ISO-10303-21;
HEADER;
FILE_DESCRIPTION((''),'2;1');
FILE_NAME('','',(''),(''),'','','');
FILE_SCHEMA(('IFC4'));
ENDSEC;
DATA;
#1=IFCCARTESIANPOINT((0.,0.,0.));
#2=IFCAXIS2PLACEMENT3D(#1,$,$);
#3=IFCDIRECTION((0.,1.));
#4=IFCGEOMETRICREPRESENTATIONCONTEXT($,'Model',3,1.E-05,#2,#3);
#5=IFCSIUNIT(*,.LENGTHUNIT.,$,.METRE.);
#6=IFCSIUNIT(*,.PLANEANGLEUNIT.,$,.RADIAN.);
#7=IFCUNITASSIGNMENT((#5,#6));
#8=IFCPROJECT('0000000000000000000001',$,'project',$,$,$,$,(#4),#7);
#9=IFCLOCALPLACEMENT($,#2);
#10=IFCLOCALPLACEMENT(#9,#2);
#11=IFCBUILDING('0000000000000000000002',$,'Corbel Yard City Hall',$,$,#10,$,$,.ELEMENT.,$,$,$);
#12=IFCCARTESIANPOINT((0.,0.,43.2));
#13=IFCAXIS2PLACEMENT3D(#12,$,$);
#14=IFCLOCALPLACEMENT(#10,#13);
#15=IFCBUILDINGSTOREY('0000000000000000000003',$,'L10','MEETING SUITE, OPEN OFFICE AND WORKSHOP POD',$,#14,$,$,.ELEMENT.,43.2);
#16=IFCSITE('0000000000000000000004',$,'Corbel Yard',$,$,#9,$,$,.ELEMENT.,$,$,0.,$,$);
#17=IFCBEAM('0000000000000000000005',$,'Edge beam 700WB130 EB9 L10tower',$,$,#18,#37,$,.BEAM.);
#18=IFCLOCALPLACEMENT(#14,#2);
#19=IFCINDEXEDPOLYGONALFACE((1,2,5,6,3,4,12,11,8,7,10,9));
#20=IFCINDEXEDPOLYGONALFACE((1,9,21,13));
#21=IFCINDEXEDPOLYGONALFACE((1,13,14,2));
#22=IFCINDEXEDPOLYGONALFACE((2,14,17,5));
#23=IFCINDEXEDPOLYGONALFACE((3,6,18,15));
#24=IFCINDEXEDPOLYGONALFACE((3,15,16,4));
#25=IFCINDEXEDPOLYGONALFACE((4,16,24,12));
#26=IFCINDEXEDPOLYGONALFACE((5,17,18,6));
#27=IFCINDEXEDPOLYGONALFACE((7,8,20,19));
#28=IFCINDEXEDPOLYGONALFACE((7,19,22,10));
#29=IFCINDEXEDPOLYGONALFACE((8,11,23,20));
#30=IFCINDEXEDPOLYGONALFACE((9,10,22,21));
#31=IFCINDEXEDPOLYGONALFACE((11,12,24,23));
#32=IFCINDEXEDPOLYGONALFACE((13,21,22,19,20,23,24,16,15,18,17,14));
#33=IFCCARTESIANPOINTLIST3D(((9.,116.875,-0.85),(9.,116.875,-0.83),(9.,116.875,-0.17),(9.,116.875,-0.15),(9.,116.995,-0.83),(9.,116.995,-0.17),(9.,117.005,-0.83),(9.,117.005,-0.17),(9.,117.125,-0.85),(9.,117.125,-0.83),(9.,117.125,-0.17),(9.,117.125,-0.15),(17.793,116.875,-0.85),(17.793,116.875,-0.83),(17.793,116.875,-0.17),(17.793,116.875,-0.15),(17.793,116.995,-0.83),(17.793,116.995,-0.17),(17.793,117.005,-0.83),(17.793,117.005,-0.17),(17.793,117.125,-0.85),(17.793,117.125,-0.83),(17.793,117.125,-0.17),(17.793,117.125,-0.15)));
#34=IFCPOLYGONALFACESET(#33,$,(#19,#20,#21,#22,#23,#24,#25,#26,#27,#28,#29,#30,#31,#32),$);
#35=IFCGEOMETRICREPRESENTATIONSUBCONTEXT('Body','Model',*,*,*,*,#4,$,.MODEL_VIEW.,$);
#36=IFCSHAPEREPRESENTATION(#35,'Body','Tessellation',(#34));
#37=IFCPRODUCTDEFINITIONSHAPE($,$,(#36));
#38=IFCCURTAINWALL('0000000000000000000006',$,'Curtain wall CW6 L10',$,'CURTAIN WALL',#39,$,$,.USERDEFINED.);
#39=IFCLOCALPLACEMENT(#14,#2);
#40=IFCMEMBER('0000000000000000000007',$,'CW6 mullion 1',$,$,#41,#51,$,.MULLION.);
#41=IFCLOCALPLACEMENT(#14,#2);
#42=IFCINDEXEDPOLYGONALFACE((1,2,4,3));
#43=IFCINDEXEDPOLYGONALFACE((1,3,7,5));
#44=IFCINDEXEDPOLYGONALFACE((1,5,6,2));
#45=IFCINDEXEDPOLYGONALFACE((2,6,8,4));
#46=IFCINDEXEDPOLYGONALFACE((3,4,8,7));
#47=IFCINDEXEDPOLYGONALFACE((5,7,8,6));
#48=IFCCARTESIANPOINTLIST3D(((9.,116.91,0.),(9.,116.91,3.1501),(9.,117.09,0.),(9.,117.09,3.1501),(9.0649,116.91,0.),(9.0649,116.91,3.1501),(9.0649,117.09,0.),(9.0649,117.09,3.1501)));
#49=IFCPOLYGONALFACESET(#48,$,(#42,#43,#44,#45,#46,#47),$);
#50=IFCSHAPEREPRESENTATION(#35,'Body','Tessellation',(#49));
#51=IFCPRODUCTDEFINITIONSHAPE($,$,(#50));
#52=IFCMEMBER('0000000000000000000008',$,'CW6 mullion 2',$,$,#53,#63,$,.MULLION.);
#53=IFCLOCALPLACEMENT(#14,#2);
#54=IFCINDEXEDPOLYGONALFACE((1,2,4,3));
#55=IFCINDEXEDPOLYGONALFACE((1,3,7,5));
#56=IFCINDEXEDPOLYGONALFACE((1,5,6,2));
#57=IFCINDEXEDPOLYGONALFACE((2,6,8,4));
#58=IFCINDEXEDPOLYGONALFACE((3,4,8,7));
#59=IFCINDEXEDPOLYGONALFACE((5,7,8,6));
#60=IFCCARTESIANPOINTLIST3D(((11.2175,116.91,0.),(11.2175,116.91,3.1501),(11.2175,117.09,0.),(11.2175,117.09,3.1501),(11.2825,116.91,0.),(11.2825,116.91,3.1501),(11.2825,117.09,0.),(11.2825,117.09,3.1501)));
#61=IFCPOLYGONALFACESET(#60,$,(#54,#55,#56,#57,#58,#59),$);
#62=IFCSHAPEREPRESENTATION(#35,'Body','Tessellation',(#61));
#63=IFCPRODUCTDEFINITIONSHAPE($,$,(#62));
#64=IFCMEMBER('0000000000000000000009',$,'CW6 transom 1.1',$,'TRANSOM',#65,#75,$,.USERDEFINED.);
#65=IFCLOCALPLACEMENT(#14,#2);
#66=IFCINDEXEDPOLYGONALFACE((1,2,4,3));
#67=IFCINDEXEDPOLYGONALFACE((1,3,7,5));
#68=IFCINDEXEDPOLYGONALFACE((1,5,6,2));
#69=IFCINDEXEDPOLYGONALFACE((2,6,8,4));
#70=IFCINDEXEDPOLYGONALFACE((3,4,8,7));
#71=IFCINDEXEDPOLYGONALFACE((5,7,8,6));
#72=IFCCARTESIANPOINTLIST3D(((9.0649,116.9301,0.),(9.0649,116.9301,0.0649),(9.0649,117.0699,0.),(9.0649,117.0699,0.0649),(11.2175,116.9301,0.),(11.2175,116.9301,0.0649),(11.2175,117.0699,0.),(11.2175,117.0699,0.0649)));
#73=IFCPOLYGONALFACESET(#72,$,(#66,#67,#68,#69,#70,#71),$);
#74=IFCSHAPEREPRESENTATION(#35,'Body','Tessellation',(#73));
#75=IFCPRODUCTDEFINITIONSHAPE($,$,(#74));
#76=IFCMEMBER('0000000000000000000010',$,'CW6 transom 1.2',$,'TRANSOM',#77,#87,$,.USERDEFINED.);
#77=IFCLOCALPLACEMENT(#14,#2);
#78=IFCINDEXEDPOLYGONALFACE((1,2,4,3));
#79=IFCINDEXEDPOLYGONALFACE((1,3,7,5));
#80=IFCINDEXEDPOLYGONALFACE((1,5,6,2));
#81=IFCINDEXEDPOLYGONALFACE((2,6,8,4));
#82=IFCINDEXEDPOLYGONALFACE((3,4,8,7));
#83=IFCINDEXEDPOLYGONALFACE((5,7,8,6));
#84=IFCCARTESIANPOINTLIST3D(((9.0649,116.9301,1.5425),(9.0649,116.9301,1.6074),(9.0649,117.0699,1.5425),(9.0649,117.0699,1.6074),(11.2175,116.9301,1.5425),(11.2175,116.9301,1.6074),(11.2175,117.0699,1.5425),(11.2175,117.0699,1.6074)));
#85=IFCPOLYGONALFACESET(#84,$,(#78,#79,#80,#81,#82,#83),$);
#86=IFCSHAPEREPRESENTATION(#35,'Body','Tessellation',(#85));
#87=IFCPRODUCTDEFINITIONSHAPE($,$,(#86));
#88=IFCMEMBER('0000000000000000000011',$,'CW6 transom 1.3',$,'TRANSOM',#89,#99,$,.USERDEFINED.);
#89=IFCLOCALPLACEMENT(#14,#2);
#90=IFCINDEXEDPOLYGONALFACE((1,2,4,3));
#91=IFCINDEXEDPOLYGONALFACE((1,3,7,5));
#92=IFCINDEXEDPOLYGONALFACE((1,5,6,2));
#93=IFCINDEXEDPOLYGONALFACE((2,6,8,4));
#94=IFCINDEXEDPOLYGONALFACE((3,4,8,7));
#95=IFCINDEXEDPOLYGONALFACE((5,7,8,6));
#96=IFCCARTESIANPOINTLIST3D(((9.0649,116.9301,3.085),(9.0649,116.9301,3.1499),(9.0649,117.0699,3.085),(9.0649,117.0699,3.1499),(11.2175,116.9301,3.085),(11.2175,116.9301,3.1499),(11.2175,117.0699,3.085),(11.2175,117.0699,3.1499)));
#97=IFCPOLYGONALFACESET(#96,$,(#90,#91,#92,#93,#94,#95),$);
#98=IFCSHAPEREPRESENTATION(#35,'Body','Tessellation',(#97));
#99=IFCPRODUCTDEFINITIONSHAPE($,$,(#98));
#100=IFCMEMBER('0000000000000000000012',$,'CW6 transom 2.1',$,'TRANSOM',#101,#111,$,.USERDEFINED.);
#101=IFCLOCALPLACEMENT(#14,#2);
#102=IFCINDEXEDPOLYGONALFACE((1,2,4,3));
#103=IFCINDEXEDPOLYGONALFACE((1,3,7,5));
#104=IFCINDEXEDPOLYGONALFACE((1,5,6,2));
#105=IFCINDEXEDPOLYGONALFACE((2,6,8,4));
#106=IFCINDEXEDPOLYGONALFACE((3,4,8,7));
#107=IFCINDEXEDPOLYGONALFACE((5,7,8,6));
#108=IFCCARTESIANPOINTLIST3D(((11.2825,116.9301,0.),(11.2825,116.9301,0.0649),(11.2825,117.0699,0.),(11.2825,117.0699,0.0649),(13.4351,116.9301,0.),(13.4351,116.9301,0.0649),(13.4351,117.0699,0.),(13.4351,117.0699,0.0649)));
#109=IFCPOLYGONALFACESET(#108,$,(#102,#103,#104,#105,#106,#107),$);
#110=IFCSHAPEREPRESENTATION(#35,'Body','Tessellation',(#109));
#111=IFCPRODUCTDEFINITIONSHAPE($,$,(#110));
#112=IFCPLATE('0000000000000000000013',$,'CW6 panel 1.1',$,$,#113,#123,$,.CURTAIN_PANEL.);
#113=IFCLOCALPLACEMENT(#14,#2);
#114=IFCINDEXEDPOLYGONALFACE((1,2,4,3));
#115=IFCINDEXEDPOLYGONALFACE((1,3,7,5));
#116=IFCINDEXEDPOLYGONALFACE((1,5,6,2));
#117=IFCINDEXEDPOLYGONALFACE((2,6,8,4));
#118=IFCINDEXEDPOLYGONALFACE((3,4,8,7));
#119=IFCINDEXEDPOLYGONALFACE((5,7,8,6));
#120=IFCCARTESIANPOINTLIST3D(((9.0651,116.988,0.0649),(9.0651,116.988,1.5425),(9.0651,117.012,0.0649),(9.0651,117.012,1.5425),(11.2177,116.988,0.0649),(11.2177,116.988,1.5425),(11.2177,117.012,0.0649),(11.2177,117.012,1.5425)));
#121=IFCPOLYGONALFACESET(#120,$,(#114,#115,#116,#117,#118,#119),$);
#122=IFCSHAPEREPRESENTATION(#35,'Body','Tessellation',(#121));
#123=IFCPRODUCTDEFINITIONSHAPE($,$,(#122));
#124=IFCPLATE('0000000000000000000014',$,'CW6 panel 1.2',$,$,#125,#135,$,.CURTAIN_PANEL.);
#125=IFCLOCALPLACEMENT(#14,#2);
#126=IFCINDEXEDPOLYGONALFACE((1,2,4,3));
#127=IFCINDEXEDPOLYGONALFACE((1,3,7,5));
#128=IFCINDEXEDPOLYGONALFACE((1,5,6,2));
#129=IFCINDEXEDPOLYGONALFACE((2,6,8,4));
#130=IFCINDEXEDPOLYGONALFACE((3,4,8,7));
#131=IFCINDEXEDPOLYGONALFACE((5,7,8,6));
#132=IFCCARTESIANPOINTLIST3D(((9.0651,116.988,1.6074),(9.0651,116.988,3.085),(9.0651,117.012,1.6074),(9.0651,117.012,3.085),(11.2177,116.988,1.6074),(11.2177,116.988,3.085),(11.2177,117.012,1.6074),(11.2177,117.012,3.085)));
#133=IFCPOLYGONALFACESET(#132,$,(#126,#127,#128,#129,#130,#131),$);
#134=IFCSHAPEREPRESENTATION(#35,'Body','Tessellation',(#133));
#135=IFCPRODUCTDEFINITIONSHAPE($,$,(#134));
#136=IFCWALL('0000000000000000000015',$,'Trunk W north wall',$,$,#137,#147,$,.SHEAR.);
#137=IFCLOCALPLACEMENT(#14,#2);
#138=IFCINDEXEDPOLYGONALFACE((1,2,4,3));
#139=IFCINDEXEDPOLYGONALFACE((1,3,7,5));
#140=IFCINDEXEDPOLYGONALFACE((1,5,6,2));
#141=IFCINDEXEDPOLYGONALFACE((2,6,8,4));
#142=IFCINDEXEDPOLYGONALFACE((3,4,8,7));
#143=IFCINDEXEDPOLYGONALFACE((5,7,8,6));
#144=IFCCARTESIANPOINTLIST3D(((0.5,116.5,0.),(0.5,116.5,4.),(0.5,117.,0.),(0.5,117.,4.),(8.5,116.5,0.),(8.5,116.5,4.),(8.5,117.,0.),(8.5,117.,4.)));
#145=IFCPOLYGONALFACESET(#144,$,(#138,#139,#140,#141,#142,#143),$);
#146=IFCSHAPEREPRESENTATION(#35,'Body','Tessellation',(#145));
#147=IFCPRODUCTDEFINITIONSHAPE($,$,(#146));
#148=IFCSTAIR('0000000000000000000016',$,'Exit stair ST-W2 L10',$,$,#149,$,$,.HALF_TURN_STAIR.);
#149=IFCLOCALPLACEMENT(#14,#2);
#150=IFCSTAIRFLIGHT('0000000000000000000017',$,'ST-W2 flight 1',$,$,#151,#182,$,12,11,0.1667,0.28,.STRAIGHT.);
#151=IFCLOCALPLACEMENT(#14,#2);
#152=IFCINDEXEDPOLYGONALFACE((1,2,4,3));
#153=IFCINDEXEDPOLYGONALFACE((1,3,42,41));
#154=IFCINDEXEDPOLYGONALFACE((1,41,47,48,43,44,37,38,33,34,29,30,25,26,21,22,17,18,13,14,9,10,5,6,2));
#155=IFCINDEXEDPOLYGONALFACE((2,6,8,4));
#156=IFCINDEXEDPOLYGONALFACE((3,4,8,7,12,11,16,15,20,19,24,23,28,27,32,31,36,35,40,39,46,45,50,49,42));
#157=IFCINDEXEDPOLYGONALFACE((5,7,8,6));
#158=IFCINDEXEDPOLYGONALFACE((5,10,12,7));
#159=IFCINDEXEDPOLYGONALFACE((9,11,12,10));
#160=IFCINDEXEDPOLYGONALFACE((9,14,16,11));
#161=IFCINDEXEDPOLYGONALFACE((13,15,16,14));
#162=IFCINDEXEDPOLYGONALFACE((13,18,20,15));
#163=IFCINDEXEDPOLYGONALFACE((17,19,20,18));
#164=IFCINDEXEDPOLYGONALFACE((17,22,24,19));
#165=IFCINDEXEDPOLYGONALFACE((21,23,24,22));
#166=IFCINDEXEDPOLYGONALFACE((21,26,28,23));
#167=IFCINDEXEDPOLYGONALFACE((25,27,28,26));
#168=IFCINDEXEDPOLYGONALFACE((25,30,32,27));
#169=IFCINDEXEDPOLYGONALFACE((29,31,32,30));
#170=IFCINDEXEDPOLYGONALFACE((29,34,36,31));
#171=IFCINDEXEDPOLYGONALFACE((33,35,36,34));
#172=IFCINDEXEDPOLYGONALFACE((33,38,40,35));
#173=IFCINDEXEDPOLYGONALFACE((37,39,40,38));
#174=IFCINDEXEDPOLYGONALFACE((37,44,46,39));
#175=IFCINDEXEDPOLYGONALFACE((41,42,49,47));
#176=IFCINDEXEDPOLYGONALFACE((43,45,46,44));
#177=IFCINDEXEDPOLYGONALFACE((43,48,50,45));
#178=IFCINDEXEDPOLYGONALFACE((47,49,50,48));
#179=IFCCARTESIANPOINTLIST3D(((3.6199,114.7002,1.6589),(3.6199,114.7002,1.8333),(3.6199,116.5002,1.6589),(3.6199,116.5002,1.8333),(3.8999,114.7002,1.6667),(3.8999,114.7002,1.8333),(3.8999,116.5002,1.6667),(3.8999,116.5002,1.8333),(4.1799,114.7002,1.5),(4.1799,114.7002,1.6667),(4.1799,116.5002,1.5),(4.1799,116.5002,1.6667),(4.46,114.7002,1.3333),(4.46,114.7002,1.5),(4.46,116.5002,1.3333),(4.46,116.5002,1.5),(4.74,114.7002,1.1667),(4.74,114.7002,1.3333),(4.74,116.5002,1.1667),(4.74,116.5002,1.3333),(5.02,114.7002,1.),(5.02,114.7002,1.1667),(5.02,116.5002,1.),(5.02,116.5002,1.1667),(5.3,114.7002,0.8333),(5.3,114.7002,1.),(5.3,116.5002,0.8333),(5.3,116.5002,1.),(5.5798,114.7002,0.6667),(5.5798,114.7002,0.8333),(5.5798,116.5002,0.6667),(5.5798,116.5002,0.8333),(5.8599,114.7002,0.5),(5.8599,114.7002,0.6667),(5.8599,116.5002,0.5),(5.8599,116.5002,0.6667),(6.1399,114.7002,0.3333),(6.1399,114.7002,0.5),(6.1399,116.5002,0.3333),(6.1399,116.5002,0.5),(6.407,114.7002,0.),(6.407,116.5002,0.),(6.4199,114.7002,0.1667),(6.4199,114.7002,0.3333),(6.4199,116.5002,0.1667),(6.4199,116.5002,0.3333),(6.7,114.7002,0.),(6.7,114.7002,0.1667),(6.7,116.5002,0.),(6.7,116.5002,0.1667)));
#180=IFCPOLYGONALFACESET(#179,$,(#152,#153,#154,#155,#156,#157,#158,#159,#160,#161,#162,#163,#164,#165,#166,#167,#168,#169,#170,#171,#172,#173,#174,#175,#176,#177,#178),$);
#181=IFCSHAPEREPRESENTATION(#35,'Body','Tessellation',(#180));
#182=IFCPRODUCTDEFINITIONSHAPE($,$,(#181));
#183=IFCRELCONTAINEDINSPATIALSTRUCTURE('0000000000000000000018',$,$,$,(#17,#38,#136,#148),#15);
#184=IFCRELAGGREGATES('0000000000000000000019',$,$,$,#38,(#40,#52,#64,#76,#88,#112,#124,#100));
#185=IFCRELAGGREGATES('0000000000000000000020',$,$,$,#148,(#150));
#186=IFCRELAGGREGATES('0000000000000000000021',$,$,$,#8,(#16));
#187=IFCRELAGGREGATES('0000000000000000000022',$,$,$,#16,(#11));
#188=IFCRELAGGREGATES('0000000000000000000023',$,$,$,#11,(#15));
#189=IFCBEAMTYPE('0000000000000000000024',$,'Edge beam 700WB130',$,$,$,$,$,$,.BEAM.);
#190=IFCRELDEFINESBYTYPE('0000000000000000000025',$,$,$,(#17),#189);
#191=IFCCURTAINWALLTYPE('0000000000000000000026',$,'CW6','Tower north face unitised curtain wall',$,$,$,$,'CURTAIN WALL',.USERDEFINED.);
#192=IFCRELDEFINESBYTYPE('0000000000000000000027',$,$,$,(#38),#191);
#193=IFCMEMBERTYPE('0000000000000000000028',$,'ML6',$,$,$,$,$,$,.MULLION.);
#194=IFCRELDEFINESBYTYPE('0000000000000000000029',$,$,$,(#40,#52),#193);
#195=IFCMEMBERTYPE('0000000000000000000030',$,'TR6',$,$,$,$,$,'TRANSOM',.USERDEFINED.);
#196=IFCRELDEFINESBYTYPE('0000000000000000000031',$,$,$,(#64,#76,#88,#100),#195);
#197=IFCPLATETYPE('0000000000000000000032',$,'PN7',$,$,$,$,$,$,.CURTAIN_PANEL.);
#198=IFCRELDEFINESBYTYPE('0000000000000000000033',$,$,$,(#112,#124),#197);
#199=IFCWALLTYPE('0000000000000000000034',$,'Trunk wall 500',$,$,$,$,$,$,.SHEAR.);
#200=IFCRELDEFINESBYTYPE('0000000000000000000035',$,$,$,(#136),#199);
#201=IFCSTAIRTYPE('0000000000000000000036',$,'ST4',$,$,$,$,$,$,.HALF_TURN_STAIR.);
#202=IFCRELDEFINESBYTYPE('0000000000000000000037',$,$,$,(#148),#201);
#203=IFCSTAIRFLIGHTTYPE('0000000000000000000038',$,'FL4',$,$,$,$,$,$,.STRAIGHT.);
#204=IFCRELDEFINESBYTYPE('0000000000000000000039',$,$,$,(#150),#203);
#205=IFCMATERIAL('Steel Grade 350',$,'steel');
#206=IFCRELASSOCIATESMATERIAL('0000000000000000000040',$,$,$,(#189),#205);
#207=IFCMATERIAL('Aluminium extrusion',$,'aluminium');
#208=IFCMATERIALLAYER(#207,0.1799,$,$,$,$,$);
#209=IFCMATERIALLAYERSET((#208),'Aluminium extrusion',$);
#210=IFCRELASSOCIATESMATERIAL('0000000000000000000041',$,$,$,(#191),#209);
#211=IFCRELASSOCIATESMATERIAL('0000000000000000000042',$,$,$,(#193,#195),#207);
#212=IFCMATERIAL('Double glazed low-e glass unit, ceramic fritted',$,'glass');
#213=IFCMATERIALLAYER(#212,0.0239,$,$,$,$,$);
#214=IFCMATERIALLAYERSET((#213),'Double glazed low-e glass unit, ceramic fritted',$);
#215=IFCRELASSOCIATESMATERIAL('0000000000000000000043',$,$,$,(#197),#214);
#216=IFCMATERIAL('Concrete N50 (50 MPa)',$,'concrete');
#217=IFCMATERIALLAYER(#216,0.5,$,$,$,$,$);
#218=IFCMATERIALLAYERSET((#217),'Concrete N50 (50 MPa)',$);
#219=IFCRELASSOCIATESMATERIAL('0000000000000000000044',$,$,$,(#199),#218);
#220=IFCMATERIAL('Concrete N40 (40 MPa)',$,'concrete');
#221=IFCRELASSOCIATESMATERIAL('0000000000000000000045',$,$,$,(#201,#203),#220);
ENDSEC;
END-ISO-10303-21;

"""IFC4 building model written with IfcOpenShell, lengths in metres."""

from ifc_helpers import new_model, si_unit, direction, frame, frame_2d, origin, origin_2d, place, context, subcontext, project, spatial, polyline, rectangle, i_section, outline, extrude, material, layer, layer_set, material_profile, profile_set, type_object, element, aggregate, save


model = new_model("IFC4")

# Units and contexts
model_context = context("Model", 3, precision=1e-05, world=origin(), true_north=direction((0.0, 1.0)))
body_context = subcontext(model_context, "Body", "Model", "MODEL_VIEW")
ifc_project = project(units=[si_unit("LENGTHUNIT", "METRE"), si_unit("PLANEANGLEUNIT", "RADIAN")], contexts=[model_context])

# Site, building, storey
site_placement = place(None, origin())
site = spatial("IfcSite", under=ifc_project, at=site_placement, Name="Corbel Yard", CompositionType="ELEMENT", RefElevation=0.0)
building_placement = place(site_placement, origin())
building = spatial("IfcBuilding", under=site, at=building_placement, Name="Corbel Yard City Hall", CompositionType="ELEMENT")
storey_placement = place(building_placement, frame((0.0, 0.0, 43.2)))
storey = spatial("IfcBuildingStorey", under=building, at=storey_placement, Name="L10", Description="MEETING SUITE, OPEN OFFICE AND WORKSHOP POD", CompositionType="ELEMENT", Elevation=43.2)

# Beam
ifc_material_1 = material(Name="Steel Grade 350", Category="steel")
ifc_material_profile_1 = material_profile(ifc_material_1, i_section(OverallWidth=0.25, OverallDepth=0.7, WebThickness=0.01, FlangeThickness=0.02, at=origin_2d()), Name="700WB130")
ifc_profile_set_1 = profile_set([ifc_material_profile_1], Name="Steel Grade 350")
beam_type = type_object("IfcBeamType", Name="Edge beam 700WB130", PredefinedType="BEAM", material=ifc_profile_set_1)
beam_placement = place(storey_placement, frame((9.0, 117.0, -0.5), z_axis=(1.0, 0.0, 0.0), x_axis=(0.0, 1.0, 0.0)))
element("IfcBeam", 1, at=beam_placement, inside=storey, type_object=beam_type, Name="Edge beam 700WB130 EB9 L10tower", PredefinedType="BEAM", context=body_context, shape_type="SweptSolid", body=[
    extrude(i_section(OverallWidth=0.25, OverallDepth=0.7, WebThickness=0.01, FlangeThickness=0.02, at=origin_2d()), origin(), (0.0, 0.0, 1.0), 8.793),
])

# Curtain wall, members, plates
ifc_material_2 = material(Name="Aluminium extrusion", Category="aluminium")
ifc_layer_1 = layer(ifc_material_2, 0.1799)
ifc_layer_set_1 = layer_set([ifc_layer_1], Name="Aluminium extrusion")
curtain_wall_type = type_object("IfcCurtainWallType", Name="CW6", Description="Tower north face unitised curtain wall", ElementType="CURTAIN WALL", PredefinedType="USERDEFINED", material=ifc_layer_set_1)
curtain_wall_placement = place(storey_placement, origin())
curtain_wall = element("IfcCurtainWall", 2, at=curtain_wall_placement, inside=storey, type_object=curtain_wall_type, Name="Curtain wall CW6 L10", ObjectType="CURTAIN WALL", PredefinedType="USERDEFINED")
ifc_material_profile_2 = material_profile(ifc_material_2, rectangle(XDim=0.1799, YDim=0.0649, at=origin_2d()), Name="180x65")
ifc_profile_set_2 = profile_set([ifc_material_profile_2], Name="Aluminium extrusion")
member_type_1 = type_object("IfcMemberType", Name="ML6", PredefinedType="MULLION", material=ifc_profile_set_2)
member_1_placement = place(storey_placement, frame((9.0325, 117.0, 0.0), z_axis=(0.0, 0.0, 1.0), x_axis=(0.0, 1.0, 0.0)))
member_1 = element("IfcMember", 3, at=member_1_placement, type_object=member_type_1, Name="CW6 mullion 1", PredefinedType="MULLION", context=body_context, shape_type="SweptSolid", body=[
    extrude(rectangle(XDim=0.1799, YDim=0.0649, at=origin_2d()), origin(), (0.0, 0.0, 1.0), 3.1501),
])
member_2_placement = place(storey_placement, frame((11.25, 117.0, 0.0), z_axis=(0.0, 0.0, 1.0), x_axis=(0.0, 1.0, 0.0)))
member_2 = element("IfcMember", 4, at=member_2_placement, type_object=member_type_1, Name="CW6 mullion 2", PredefinedType="MULLION", context=body_context, shape_type="SweptSolid", body=[
    extrude(rectangle(XDim=0.1799, YDim=0.0649, at=origin_2d()), origin(), (0.0, 0.0, 1.0), 3.1501),
])
ifc_material_profile_3 = material_profile(ifc_material_2, rectangle(XDim=0.1399, YDim=0.0649, at=origin_2d()), Name="140x65")
ifc_profile_set_3 = profile_set([ifc_material_profile_3], Name="Aluminium extrusion")
member_type_2 = type_object("IfcMemberType", Name="TR6", ElementType="TRANSOM", PredefinedType="USERDEFINED", material=ifc_profile_set_3)
member_3_placement = place(storey_placement, frame((9.0649, 117.0, 0.0325), z_axis=(1.0, 0.0, 0.0), x_axis=(0.0, 1.0, 0.0)))
member_3 = element("IfcMember", 5, at=member_3_placement, type_object=member_type_2, Name="CW6 transom 1.1", ObjectType="TRANSOM", PredefinedType="USERDEFINED", context=body_context, shape_type="SweptSolid", body=[
    extrude(rectangle(XDim=0.1399, YDim=0.0649, at=origin_2d()), origin(), (0.0, 0.0, 1.0), 2.1526),
])
member_4_placement = place(storey_placement, frame((9.0649, 117.0, 1.575), z_axis=(1.0, 0.0, 0.0), x_axis=(0.0, 1.0, 0.0)))
member_4 = element("IfcMember", 6, at=member_4_placement, type_object=member_type_2, Name="CW6 transom 1.2", ObjectType="TRANSOM", PredefinedType="USERDEFINED", context=body_context, shape_type="SweptSolid", body=[
    extrude(rectangle(XDim=0.1399, YDim=0.0649, at=origin_2d()), origin(), (0.0, 0.0, 1.0), 2.1526),
])
member_5_placement = place(storey_placement, frame((9.0649, 117.0, 3.1174), z_axis=(1.0, 0.0, 0.0), x_axis=(0.0, 1.0, 0.0)))
member_5 = element("IfcMember", 7, at=member_5_placement, type_object=member_type_2, Name="CW6 transom 1.3", ObjectType="TRANSOM", PredefinedType="USERDEFINED", context=body_context, shape_type="SweptSolid", body=[
    extrude(rectangle(XDim=0.1399, YDim=0.0649, at=origin_2d()), origin(), (0.0, 0.0, 1.0), 2.1526),
])
member_6_placement = place(storey_placement, frame((11.2825, 117.0, 0.0325), z_axis=(1.0, 0.0, 0.0), x_axis=(0.0, 1.0, 0.0)))
member_6 = element("IfcMember", 8, at=member_6_placement, type_object=member_type_2, Name="CW6 transom 2.1", ObjectType="TRANSOM", PredefinedType="USERDEFINED", context=body_context, shape_type="SweptSolid", body=[
    extrude(rectangle(XDim=0.1399, YDim=0.0649, at=origin_2d()), origin(), (0.0, 0.0, 1.0), 2.1526),
])
ifc_material_3 = material(Name="Double glazed low-e glass unit, ceramic fritted", Category="glass")
ifc_layer_2 = layer(ifc_material_3, 0.0239)
ifc_layer_set_2 = layer_set([ifc_layer_2], Name="Double glazed low-e glass unit, ceramic fritted")
plate_type = type_object("IfcPlateType", Name="PN7", PredefinedType="CURTAIN_PANEL", material=ifc_layer_set_2)
plate_1_placement = place(storey_placement, frame((10.1414, 117.0, 0.0649), z_axis=(0.0, 0.0, 1.0), x_axis=(1.0, 0.0, 0.0)))
plate_1 = element("IfcPlate", 9, at=plate_1_placement, type_object=plate_type, Name="CW6 panel 1.1", PredefinedType="CURTAIN_PANEL", context=body_context, shape_type="SweptSolid", body=[
    extrude(rectangle(XDim=2.1526, YDim=0.0239, at=origin_2d()), origin(), (0.0, 0.0, 1.0), 1.4775),
])
plate_2_placement = place(storey_placement, frame((10.1414, 117.0, 1.6074), z_axis=(0.0, 0.0, 1.0), x_axis=(1.0, 0.0, 0.0)))
plate_2 = element("IfcPlate", 10, at=plate_2_placement, type_object=plate_type, Name="CW6 panel 1.2", PredefinedType="CURTAIN_PANEL", context=body_context, shape_type="SweptSolid", body=[
    extrude(rectangle(XDim=2.1526, YDim=0.0239, at=origin_2d()), origin(), (0.0, 0.0, 1.0), 1.4775),
])
aggregate(curtain_wall, [member_1, member_2, member_3, member_4, member_5, plate_1, plate_2, member_6])

# Wall
ifc_material_4 = material(Name="Concrete N50 (50 MPa)", Category="concrete")
ifc_layer_3 = layer(ifc_material_4, 0.5)
ifc_layer_set_3 = layer_set([ifc_layer_3], Name="Concrete N50 (50 MPa)")
wall_type = type_object("IfcWallType", Name="Trunk wall 500", PredefinedType="SHEAR", material=ifc_layer_set_3)
wall_placement = place(storey_placement, frame((0.5, 116.75, 0.0), z_axis=(0.0, 0.0, 1.0), x_axis=(1.0, 0.0, 0.0)))
element("IfcWall", 11, at=wall_placement, inside=storey, type_object=wall_type, Name="Trunk W north wall", PredefinedType="SHEAR", context=body_context, shape_type="SweptSolid", body=[
    extrude(rectangle(XDim=8.0, YDim=0.5, at=frame_2d((4.0, 0.0))), origin(), (0.0, 0.0, 1.0), 4.0),
])

# Stair, stair flight
ifc_material_5 = material(Name="Concrete N40 (40 MPa)", Category="concrete")
stair_type = type_object("IfcStairType", Name="ST4", PredefinedType="HALF_TURN_STAIR", material=ifc_material_5)
stair_placement = place(storey_placement, origin())
stair = element("IfcStair", 12, at=stair_placement, inside=storey, type_object=stair_type, Name="Exit stair ST-W2 L10", PredefinedType="HALF_TURN_STAIR")
stair_flight_type = type_object("IfcStairFlightType", Name="FL4", PredefinedType="STRAIGHT", material=ifc_material_5)
stair_flight_placement = place(storey_placement, frame((6.7, 115.6001, 0.0), z_axis=(0.0, 0.0, 1.0), x_axis=(-1.0, 0.0, 0.0)))
stair_flight = element("IfcStairFlight", 13, at=stair_flight_placement, type_object=stair_flight_type, Name="ST-W2 flight 1", NumberOfRisers=12, NumberOfTreads=11, PredefinedType="STRAIGHT", RiserHeight=0.1667, TreadLength=0.28, context=body_context, shape_type="SweptSolid", body=[
    extrude(outline(polyline([(0.0, 0.0), (0.0, 0.1667), (0.28, 0.1667), (0.28, 0.3333), (0.5601, 0.3333), (0.5601, 0.5), (0.8401, 0.5), (0.8401, 0.6667), (1.1201, 0.6667), (1.1201, 0.8333), (1.3999, 0.8333), (1.3999, 1.0), (1.6799, 1.0), (1.6799, 1.1667), (1.96, 1.1667), (1.96, 1.3333), (2.24, 1.3333), (2.24, 1.5), (2.52, 1.5), (2.52, 1.6667), (2.8, 1.6667), (2.8, 1.8333), (3.0801, 1.8333), (3.0801, 2.0), (3.0801, 1.6589), (0.293, 0.0), (0.0, 0.0)])), frame((0.0, 0.8999, 0.0), z_axis=(0.0, -1.0, 0.0), x_axis=(1.0, 0.0, 0.0)), (0.0, 0.0, 1.0), 1.8),
])
aggregate(stair, [stair_flight])

save(model, "model.ifc")
